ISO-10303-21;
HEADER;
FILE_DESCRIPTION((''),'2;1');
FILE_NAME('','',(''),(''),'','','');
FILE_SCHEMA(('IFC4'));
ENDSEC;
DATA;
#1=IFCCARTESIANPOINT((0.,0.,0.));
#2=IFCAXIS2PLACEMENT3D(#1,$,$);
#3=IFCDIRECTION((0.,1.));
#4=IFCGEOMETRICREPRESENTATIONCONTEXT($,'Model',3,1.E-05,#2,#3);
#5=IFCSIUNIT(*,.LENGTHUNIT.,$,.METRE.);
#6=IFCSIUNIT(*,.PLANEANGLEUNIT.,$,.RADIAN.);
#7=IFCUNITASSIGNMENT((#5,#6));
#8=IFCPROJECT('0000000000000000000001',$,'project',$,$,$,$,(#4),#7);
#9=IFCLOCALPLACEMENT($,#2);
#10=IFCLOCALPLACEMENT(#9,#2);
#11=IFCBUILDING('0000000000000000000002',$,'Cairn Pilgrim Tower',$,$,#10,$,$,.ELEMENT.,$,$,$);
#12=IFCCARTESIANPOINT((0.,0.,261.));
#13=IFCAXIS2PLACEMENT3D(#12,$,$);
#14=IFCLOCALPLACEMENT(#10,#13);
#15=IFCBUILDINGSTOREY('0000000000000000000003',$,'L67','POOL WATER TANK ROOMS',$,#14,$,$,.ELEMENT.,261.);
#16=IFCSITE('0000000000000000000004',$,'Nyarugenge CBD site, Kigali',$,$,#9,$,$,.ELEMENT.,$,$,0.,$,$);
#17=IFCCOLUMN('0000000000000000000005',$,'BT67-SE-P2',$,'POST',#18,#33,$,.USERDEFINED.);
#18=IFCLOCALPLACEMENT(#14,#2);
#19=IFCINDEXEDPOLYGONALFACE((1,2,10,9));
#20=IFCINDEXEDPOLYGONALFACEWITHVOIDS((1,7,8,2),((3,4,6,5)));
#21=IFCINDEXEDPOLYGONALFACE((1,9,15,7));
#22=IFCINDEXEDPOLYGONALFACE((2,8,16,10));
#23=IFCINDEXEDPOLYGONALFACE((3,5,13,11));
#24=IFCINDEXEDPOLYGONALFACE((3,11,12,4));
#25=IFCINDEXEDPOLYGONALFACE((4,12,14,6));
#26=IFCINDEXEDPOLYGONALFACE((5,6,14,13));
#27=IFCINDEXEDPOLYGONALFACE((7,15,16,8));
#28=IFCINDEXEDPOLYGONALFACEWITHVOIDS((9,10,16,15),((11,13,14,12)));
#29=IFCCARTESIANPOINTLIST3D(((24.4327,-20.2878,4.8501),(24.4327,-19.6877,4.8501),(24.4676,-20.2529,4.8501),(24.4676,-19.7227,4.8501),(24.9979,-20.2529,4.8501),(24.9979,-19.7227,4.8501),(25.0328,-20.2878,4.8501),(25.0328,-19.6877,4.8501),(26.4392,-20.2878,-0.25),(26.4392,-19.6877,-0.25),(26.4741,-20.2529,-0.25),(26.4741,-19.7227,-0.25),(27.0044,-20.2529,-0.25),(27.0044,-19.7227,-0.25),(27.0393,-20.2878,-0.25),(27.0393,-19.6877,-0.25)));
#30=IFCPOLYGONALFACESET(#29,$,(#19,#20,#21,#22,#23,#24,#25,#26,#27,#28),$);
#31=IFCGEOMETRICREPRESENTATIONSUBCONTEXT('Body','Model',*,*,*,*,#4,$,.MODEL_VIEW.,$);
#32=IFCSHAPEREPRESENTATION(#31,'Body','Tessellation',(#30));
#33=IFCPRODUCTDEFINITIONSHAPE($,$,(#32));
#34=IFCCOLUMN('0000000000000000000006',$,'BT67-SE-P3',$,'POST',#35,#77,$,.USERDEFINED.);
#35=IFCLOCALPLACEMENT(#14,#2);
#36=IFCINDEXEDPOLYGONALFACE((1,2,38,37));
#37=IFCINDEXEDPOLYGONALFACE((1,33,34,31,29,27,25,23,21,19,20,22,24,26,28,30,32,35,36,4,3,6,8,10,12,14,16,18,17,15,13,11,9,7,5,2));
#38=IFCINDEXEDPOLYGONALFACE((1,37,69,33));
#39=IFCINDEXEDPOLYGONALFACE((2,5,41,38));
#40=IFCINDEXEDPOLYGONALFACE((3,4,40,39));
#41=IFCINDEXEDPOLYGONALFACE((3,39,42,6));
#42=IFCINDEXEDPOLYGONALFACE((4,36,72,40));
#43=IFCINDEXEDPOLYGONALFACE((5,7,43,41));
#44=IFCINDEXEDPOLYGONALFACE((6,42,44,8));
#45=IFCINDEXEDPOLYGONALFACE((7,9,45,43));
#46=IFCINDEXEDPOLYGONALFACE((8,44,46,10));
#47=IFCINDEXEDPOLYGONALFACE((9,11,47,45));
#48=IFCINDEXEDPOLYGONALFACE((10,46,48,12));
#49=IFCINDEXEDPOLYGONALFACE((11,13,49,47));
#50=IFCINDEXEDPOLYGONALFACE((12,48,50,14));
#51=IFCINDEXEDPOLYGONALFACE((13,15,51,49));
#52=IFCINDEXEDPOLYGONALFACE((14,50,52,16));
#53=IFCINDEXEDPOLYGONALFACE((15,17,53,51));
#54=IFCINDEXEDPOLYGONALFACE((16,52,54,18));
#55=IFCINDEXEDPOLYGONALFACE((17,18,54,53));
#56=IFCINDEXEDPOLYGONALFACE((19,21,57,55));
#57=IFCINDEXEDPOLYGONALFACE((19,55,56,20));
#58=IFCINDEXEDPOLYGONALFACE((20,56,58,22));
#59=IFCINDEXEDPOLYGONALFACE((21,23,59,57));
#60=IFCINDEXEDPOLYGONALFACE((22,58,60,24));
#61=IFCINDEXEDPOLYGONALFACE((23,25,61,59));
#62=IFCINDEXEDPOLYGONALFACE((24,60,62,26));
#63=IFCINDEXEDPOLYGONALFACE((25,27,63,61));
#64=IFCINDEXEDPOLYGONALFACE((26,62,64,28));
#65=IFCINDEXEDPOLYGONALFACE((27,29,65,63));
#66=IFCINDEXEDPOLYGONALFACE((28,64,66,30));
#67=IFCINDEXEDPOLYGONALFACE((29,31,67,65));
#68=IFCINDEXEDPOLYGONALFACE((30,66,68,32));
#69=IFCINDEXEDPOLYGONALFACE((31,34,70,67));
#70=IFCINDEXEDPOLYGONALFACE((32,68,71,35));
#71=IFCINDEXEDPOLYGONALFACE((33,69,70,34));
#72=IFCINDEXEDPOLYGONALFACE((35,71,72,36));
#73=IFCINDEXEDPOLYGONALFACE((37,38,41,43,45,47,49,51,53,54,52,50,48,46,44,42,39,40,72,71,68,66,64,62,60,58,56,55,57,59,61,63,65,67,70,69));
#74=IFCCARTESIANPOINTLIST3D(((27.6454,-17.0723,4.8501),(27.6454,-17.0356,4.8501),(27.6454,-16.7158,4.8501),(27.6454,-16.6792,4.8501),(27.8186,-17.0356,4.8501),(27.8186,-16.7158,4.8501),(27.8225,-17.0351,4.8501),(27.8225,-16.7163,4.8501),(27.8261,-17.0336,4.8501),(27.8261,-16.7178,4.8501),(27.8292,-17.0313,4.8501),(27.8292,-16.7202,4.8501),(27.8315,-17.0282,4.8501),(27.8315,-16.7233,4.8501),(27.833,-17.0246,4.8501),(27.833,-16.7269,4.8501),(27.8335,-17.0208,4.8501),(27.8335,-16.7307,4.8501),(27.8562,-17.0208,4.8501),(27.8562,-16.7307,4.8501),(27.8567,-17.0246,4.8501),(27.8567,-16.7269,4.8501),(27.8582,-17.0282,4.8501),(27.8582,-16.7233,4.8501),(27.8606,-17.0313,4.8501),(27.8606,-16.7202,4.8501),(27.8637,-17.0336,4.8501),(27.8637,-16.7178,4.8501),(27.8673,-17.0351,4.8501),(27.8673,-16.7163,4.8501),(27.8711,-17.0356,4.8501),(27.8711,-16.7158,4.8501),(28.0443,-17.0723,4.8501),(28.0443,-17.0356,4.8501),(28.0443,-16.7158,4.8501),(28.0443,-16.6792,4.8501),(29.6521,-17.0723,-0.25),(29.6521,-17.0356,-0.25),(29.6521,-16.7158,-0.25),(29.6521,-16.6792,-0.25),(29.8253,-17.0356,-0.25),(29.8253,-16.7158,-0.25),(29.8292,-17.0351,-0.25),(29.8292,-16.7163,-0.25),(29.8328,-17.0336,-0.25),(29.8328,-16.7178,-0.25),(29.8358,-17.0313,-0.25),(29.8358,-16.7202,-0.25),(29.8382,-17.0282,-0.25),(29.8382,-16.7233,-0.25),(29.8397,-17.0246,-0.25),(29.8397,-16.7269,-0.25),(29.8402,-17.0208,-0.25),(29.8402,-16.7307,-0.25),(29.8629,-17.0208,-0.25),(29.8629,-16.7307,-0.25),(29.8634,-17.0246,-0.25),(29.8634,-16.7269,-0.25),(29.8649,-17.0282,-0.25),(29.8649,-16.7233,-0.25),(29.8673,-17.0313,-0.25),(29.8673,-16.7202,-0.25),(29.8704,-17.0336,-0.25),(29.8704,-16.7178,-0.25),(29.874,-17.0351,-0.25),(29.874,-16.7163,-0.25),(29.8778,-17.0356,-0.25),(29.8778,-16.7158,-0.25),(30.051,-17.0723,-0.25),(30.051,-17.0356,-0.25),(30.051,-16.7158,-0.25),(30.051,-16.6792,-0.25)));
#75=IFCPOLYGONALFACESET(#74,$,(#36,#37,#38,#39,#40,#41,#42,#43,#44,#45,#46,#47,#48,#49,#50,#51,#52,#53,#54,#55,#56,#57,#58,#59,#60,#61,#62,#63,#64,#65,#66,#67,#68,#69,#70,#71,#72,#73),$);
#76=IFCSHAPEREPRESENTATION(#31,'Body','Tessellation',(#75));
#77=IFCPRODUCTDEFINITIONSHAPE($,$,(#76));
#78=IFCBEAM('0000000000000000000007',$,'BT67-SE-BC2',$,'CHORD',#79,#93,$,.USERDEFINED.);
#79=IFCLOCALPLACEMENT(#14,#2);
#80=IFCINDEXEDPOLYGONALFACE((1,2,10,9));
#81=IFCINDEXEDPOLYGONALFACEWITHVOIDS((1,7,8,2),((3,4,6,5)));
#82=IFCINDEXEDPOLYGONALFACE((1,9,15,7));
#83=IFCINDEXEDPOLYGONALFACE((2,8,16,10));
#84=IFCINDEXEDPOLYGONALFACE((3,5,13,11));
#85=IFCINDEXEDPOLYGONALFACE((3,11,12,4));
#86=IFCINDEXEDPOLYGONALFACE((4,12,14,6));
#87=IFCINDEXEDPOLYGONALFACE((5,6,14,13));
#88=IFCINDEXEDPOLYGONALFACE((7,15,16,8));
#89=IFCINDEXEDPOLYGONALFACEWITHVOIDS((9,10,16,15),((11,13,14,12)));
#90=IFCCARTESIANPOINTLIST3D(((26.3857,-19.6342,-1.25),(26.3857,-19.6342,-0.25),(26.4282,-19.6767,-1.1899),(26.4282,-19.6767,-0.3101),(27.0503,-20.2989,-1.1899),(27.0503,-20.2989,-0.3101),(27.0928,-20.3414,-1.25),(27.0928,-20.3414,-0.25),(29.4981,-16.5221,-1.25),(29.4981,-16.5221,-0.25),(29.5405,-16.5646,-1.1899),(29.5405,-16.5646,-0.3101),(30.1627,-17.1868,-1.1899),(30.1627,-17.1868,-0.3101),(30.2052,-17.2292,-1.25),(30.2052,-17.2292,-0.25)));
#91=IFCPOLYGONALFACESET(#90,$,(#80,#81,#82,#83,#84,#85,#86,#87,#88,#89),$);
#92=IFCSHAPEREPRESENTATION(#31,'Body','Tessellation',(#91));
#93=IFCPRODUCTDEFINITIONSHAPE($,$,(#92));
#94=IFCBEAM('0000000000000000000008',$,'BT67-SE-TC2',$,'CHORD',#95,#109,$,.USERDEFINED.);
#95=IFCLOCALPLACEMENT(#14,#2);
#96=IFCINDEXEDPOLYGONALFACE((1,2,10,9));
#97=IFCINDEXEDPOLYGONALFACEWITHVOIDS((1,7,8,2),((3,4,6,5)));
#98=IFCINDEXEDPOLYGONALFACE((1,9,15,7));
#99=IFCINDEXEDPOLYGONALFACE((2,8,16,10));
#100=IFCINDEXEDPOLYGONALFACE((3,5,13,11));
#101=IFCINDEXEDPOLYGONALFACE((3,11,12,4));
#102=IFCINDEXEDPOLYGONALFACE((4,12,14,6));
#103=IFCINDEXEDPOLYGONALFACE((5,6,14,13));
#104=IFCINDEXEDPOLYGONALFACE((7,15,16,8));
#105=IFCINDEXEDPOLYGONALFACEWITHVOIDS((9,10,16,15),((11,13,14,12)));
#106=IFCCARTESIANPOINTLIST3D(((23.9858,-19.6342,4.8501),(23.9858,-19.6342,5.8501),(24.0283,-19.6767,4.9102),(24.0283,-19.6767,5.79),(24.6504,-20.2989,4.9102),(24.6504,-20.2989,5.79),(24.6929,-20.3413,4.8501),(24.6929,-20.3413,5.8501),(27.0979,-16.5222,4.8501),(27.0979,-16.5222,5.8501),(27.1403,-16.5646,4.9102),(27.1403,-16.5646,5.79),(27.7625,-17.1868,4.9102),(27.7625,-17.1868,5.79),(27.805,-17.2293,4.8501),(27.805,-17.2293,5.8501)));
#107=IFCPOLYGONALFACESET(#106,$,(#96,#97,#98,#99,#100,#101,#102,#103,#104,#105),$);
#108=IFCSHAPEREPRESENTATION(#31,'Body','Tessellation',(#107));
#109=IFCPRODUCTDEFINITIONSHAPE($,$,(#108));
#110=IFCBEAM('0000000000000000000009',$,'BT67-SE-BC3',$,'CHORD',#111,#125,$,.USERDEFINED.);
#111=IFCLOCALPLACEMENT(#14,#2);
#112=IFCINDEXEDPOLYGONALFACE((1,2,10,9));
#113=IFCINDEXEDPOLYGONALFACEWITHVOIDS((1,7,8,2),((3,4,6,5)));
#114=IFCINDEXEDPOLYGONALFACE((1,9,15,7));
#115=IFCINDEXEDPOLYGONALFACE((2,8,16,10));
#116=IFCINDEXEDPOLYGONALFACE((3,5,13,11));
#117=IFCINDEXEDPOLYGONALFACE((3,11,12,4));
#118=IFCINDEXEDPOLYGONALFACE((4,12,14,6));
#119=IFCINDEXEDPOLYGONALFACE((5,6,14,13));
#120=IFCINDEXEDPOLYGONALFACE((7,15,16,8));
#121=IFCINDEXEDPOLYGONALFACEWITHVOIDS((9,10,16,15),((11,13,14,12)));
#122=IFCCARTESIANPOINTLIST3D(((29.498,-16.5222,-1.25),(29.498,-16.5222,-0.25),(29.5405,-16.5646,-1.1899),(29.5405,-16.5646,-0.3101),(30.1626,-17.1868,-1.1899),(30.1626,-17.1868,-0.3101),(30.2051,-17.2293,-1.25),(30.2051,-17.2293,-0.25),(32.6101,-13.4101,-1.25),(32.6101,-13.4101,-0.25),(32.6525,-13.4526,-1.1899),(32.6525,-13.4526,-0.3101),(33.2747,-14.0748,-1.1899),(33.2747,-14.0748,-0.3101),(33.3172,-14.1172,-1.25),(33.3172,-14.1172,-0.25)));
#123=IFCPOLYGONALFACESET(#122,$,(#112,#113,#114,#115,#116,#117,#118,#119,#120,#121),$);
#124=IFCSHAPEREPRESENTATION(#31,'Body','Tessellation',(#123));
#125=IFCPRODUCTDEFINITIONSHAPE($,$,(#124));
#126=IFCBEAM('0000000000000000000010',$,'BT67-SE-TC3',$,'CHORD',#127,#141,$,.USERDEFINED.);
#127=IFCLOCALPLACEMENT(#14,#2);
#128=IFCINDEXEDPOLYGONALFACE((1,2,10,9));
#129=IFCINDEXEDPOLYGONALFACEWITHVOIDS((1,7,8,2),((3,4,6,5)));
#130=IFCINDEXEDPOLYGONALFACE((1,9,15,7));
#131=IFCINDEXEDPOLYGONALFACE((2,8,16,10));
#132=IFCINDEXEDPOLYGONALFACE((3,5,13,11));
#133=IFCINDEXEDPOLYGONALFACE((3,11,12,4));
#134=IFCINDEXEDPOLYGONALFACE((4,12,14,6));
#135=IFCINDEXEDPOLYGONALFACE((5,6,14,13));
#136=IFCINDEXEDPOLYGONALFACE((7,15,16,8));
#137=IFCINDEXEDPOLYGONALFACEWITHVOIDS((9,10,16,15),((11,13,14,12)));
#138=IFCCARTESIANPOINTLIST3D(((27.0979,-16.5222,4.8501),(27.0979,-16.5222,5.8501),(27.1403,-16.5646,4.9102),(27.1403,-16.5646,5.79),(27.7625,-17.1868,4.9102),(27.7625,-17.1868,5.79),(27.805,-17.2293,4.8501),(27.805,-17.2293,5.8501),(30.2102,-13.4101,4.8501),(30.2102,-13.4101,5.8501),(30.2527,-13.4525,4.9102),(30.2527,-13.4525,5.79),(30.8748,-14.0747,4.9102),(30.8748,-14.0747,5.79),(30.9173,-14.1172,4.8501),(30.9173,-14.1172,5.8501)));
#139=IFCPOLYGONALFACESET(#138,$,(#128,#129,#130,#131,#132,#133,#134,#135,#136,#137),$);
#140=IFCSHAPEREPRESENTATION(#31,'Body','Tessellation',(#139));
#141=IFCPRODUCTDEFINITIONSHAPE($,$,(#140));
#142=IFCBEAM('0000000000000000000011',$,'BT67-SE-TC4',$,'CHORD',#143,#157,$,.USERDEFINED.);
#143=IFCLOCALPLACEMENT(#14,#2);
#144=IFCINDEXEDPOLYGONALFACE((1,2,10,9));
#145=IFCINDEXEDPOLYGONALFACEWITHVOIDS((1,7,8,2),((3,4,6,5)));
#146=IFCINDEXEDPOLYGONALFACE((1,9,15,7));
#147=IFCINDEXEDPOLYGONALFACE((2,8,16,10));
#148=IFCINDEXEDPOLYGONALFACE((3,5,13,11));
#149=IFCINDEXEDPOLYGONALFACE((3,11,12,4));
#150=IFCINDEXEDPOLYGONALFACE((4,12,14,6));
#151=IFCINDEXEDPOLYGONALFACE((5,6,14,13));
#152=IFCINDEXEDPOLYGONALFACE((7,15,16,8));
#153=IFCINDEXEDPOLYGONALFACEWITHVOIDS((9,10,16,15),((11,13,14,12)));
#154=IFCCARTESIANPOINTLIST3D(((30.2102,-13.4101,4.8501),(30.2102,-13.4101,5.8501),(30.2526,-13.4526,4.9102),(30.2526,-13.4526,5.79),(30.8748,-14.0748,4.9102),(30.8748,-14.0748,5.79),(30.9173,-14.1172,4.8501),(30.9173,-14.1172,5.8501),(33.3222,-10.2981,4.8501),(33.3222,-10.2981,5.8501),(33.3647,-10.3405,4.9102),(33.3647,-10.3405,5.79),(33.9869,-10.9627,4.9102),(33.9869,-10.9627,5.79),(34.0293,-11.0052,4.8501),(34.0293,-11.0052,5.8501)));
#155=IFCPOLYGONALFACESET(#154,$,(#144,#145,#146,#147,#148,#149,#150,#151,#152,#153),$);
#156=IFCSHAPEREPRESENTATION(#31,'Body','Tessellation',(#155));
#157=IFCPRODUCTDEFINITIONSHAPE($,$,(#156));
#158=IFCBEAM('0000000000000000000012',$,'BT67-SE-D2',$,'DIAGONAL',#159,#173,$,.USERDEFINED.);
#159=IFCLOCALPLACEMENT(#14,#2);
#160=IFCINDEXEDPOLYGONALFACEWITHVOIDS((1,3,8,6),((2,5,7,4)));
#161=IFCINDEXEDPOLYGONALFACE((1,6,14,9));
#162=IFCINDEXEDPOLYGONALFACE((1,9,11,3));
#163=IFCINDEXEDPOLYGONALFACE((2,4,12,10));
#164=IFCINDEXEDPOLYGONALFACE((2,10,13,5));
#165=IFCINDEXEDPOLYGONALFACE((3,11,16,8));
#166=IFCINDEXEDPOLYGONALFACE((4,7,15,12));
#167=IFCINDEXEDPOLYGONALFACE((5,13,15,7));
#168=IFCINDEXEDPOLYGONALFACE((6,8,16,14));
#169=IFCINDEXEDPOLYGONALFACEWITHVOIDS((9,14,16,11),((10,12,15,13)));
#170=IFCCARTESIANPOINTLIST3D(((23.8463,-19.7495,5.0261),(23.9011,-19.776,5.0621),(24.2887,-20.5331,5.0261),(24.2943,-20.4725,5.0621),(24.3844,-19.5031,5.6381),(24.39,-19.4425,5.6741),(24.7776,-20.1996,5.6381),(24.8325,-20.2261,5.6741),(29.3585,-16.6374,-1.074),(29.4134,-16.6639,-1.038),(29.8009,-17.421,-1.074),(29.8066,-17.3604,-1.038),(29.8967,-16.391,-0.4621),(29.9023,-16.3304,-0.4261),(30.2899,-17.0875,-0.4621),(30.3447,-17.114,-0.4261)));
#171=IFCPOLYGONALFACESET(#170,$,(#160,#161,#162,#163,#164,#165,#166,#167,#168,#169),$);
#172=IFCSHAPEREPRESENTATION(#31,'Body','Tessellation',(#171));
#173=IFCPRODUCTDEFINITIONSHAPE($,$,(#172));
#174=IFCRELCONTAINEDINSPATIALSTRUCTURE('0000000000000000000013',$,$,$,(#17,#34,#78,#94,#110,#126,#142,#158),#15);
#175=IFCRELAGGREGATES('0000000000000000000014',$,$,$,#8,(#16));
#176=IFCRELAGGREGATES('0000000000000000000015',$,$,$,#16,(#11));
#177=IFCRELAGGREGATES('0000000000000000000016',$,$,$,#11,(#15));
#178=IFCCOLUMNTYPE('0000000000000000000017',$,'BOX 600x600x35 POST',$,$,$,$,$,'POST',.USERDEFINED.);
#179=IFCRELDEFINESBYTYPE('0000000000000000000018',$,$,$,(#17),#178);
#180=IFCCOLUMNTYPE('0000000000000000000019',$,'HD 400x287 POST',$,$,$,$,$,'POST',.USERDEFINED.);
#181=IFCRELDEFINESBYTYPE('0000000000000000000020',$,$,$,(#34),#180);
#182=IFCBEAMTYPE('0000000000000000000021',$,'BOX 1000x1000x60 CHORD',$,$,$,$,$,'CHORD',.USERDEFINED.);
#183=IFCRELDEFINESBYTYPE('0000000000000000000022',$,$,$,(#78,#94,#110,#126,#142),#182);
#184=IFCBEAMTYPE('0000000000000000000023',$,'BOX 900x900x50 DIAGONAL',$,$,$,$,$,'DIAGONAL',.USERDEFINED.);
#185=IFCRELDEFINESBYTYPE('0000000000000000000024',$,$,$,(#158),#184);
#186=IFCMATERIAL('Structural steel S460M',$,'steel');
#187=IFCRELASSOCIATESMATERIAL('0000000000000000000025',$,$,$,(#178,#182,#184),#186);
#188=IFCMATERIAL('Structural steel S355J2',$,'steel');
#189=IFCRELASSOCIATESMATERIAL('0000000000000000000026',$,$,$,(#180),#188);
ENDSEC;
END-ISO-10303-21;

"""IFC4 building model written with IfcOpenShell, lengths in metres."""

from ifc_helpers import new_model, si_unit, direction, frame, origin, origin_2d, place, context, subcontext, project, spatial, hollow_rectangle, i_section, extrude, clip, halfspace, material, material_profile, profile_set, type_object, element, save


model = new_model("IFC4")

# Units and contexts
model_context = context("Model", 3, precision=1e-05, world=origin(), true_north=direction((0.0, 1.0)))
body_context = subcontext(model_context, "Body", "Model", "MODEL_VIEW")
ifc_project = project(units=[si_unit("LENGTHUNIT", "METRE"), si_unit("PLANEANGLEUNIT", "RADIAN")], contexts=[model_context])

# Site, building, storey
site_placement = place(None, origin())
site = spatial("IfcSite", under=ifc_project, at=site_placement, Name="Nyarugenge CBD site, Kigali", CompositionType="ELEMENT", RefElevation=0.0)
building_placement = place(site_placement, origin())
building = spatial("IfcBuilding", under=site, at=building_placement, Name="Cairn Pilgrim Tower", CompositionType="ELEMENT")
storey_placement = place(building_placement, frame((0.0, 0.0, 261.0)))
storey = spatial("IfcBuildingStorey", under=building, at=storey_placement, Name="L67", Description="POOL WATER TANK ROOMS", CompositionType="ELEMENT", Elevation=261.0)

# Columns
ifc_material_1 = material(Name="Structural steel S460M", Category="steel")
ifc_material_profile_1 = material_profile(ifc_material_1, hollow_rectangle(XDim=0.6001, YDim=0.6001, WallThickness=0.0349, at=origin_2d()), Name="BOX 600x600x35")
ifc_profile_set_1 = profile_set([ifc_material_profile_1], Name="Structural steel S460M")
column_type_1 = type_object("IfcColumnType", Name="BOX 600x600x35 POST", ElementType="POST", PredefinedType="USERDEFINED", material=ifc_profile_set_1)
column_1_placement = place(storey_placement, frame((26.7393, -19.9878, -0.25), z_axis=(0.0, 0.0, 1.0), x_axis=(1.0, 0.0, 0.0)))
element("IfcColumn", 1, at=column_1_placement, inside=storey, type_object=column_type_1, Name="BT67-SE-P2", ObjectType="POST", PredefinedType="USERDEFINED", context=body_context, shape_type="Clipping", body=[
    clip(extrude(hollow_rectangle(XDim=0.6001, YDim=0.6001, WallThickness=0.0349, at=origin_2d()), origin(), (-0.366106, 0.0, 0.930573), 6.5552), halfspace(frame((0.0, 0.0, 5.1001), z_axis=(0.0, 0.0, 1.0), x_axis=(1.0, 0.0, 0.0)), False)),
])
ifc_material_2 = material(Name="Structural steel S355J2", Category="steel")
ifc_material_profile_2 = material_profile(ifc_material_2, i_section(OverallWidth=0.3989, OverallDepth=0.3931, WebThickness=0.0227, FlangeThickness=0.0366, FilletRadius=0.0149, at=origin_2d()), Name="HD 400x287")
ifc_profile_set_2 = profile_set([ifc_material_profile_2], Name="Structural steel S355J2")
column_type_2 = type_object("IfcColumnType", Name="HD 400x287 POST", ElementType="POST", PredefinedType="USERDEFINED", material=ifc_profile_set_2)
column_2_placement = place(storey_placement, frame((29.8516, -16.8757, -0.25), z_axis=(0.0, 0.0, 1.0), x_axis=(1.0, 0.0, 0.0)))
element("IfcColumn", 2, at=column_2_placement, inside=storey, type_object=column_type_2, Name="BT67-SE-P3", ObjectType="POST", PredefinedType="USERDEFINED", context=body_context, shape_type="Clipping", body=[
    clip(extrude(i_section(OverallWidth=0.3989, OverallDepth=0.3931, WebThickness=0.0227, FlangeThickness=0.0366, FilletRadius=0.0149, at=origin_2d()), origin(), (-0.366139, 0.0, 0.93056), 6.5552), halfspace(frame((0.0, 0.0, 5.1001), z_axis=(0.0, 0.0, 1.0), x_axis=(1.0, 0.0, 0.0)), False)),
])

# Beams
ifc_material_profile_3 = material_profile(ifc_material_1, hollow_rectangle(XDim=1.0, YDim=1.0, WallThickness=0.0601, at=origin_2d()), Name="BOX 1000x1000x60")
ifc_profile_set_3 = profile_set([ifc_material_profile_3], Name="Structural steel S460M")
beam_type_1 = type_object("IfcBeamType", Name="BOX 1000x1000x60 CHORD", ElementType="CHORD", PredefinedType="USERDEFINED", material=ifc_profile_set_3)
beam_1_placement = place(storey_placement, frame((26.7393, -19.9878, -0.75), z_axis=(0.707135, 0.707079, 0.0), x_axis=(-0.707079, 0.707135, 0.0)))
element("IfcBeam", 3, at=beam_1_placement, inside=storey, type_object=beam_type_1, Name="BT67-SE-BC2", ObjectType="CHORD", PredefinedType="USERDEFINED", context=body_context, shape_type="SweptSolid", body=[
    extrude(hollow_rectangle(XDim=1.0, YDim=1.0, WallThickness=0.0601, at=origin_2d()), origin(), (0.0, 0.0, 1.0), 4.4014),
])
for number, where, z_axis, x_axis, name in (
    (4, (24.3394, -19.9878, 5.3501), (0.707107, 0.707107, 0.0), (-0.707107, 0.707107, 0.0), "BT67-SE-TC2"),
    (5, (29.8516, -16.8757, -0.75), (0.707107, 0.707107, 0.0), (-0.707107, 0.707107, 0.0), "BT67-SE-BC3"),
):
    element("IfcBeam", number, at=place(storey_placement, frame(where, z_axis=z_axis, x_axis=x_axis)), inside=storey, type_object=beam_type_1, Name=name, ObjectType="CHORD", PredefinedType="USERDEFINED", context=body_context, shape_type="SweptSolid", body=[
        extrude(hollow_rectangle(XDim=1.0, YDim=1.0, WallThickness=0.0601, at=origin_2d()), origin(), (0.0, 0.0, 1.0), 4.4011),
    ])
beam_2_placement = place(storey_placement, frame((27.4514, -16.8757, 5.3501), z_axis=(0.707135, 0.707079, 0.0), x_axis=(-0.707079, 0.707135, 0.0)))
element("IfcBeam", 6, at=beam_2_placement, inside=storey, type_object=beam_type_1, Name="BT67-SE-TC3", ObjectType="CHORD", PredefinedType="USERDEFINED", context=body_context, shape_type="SweptSolid", body=[
    extrude(hollow_rectangle(XDim=1.0, YDim=1.0, WallThickness=0.0601, at=origin_2d()), origin(), (0.0, 0.0, 1.0), 4.4014),
])
beam_3_placement = place(storey_placement, frame((30.5637, -13.7637, 5.3501), z_axis=(0.707107, 0.707107, 0.0), x_axis=(-0.707107, 0.707107, 0.0)))
element("IfcBeam", 7, at=beam_3_placement, inside=storey, type_object=beam_type_1, Name="BT67-SE-TC4", ObjectType="CHORD", PredefinedType="USERDEFINED", context=body_context, shape_type="SweptSolid", body=[
    extrude(hollow_rectangle(XDim=1.0, YDim=1.0, WallThickness=0.0601, at=origin_2d()), origin(), (0.0, 0.0, 1.0), 4.4011),
])
ifc_material_profile_4 = material_profile(ifc_material_1, hollow_rectangle(XDim=0.8999, YDim=0.8999, WallThickness=0.05, at=origin_2d()), Name="BOX 900x900x50")
ifc_profile_set_4 = profile_set([ifc_material_profile_4], Name="Structural steel S460M")
beam_type_2 = type_object("IfcBeamType", Name="BOX 900x900x50 DIAGONAL", ElementType="DIAGONAL", PredefinedType="USERDEFINED", material=ifc_profile_set_4)
beam_4_placement = place(storey_placement, frame((24.3394, -19.9878, 5.3501), z_axis=(0.627033, 0.354008, -0.693908), x_axis=(-0.491634, 0.870802, 0.0)))
element("IfcBeam", 8, at=beam_4_placement, inside=storey, type_object=beam_type_2, Name="BT67-SE-D2", ObjectType="DIAGONAL", PredefinedType="USERDEFINED", context=body_context, shape_type="SweptSolid", body=[
    extrude(hollow_rectangle(XDim=0.8999, YDim=0.8999, WallThickness=0.05, at=origin_2d()), origin(), (0.0, 0.0, 1.0), 8.791),
])

save(model, "model.ifc")
